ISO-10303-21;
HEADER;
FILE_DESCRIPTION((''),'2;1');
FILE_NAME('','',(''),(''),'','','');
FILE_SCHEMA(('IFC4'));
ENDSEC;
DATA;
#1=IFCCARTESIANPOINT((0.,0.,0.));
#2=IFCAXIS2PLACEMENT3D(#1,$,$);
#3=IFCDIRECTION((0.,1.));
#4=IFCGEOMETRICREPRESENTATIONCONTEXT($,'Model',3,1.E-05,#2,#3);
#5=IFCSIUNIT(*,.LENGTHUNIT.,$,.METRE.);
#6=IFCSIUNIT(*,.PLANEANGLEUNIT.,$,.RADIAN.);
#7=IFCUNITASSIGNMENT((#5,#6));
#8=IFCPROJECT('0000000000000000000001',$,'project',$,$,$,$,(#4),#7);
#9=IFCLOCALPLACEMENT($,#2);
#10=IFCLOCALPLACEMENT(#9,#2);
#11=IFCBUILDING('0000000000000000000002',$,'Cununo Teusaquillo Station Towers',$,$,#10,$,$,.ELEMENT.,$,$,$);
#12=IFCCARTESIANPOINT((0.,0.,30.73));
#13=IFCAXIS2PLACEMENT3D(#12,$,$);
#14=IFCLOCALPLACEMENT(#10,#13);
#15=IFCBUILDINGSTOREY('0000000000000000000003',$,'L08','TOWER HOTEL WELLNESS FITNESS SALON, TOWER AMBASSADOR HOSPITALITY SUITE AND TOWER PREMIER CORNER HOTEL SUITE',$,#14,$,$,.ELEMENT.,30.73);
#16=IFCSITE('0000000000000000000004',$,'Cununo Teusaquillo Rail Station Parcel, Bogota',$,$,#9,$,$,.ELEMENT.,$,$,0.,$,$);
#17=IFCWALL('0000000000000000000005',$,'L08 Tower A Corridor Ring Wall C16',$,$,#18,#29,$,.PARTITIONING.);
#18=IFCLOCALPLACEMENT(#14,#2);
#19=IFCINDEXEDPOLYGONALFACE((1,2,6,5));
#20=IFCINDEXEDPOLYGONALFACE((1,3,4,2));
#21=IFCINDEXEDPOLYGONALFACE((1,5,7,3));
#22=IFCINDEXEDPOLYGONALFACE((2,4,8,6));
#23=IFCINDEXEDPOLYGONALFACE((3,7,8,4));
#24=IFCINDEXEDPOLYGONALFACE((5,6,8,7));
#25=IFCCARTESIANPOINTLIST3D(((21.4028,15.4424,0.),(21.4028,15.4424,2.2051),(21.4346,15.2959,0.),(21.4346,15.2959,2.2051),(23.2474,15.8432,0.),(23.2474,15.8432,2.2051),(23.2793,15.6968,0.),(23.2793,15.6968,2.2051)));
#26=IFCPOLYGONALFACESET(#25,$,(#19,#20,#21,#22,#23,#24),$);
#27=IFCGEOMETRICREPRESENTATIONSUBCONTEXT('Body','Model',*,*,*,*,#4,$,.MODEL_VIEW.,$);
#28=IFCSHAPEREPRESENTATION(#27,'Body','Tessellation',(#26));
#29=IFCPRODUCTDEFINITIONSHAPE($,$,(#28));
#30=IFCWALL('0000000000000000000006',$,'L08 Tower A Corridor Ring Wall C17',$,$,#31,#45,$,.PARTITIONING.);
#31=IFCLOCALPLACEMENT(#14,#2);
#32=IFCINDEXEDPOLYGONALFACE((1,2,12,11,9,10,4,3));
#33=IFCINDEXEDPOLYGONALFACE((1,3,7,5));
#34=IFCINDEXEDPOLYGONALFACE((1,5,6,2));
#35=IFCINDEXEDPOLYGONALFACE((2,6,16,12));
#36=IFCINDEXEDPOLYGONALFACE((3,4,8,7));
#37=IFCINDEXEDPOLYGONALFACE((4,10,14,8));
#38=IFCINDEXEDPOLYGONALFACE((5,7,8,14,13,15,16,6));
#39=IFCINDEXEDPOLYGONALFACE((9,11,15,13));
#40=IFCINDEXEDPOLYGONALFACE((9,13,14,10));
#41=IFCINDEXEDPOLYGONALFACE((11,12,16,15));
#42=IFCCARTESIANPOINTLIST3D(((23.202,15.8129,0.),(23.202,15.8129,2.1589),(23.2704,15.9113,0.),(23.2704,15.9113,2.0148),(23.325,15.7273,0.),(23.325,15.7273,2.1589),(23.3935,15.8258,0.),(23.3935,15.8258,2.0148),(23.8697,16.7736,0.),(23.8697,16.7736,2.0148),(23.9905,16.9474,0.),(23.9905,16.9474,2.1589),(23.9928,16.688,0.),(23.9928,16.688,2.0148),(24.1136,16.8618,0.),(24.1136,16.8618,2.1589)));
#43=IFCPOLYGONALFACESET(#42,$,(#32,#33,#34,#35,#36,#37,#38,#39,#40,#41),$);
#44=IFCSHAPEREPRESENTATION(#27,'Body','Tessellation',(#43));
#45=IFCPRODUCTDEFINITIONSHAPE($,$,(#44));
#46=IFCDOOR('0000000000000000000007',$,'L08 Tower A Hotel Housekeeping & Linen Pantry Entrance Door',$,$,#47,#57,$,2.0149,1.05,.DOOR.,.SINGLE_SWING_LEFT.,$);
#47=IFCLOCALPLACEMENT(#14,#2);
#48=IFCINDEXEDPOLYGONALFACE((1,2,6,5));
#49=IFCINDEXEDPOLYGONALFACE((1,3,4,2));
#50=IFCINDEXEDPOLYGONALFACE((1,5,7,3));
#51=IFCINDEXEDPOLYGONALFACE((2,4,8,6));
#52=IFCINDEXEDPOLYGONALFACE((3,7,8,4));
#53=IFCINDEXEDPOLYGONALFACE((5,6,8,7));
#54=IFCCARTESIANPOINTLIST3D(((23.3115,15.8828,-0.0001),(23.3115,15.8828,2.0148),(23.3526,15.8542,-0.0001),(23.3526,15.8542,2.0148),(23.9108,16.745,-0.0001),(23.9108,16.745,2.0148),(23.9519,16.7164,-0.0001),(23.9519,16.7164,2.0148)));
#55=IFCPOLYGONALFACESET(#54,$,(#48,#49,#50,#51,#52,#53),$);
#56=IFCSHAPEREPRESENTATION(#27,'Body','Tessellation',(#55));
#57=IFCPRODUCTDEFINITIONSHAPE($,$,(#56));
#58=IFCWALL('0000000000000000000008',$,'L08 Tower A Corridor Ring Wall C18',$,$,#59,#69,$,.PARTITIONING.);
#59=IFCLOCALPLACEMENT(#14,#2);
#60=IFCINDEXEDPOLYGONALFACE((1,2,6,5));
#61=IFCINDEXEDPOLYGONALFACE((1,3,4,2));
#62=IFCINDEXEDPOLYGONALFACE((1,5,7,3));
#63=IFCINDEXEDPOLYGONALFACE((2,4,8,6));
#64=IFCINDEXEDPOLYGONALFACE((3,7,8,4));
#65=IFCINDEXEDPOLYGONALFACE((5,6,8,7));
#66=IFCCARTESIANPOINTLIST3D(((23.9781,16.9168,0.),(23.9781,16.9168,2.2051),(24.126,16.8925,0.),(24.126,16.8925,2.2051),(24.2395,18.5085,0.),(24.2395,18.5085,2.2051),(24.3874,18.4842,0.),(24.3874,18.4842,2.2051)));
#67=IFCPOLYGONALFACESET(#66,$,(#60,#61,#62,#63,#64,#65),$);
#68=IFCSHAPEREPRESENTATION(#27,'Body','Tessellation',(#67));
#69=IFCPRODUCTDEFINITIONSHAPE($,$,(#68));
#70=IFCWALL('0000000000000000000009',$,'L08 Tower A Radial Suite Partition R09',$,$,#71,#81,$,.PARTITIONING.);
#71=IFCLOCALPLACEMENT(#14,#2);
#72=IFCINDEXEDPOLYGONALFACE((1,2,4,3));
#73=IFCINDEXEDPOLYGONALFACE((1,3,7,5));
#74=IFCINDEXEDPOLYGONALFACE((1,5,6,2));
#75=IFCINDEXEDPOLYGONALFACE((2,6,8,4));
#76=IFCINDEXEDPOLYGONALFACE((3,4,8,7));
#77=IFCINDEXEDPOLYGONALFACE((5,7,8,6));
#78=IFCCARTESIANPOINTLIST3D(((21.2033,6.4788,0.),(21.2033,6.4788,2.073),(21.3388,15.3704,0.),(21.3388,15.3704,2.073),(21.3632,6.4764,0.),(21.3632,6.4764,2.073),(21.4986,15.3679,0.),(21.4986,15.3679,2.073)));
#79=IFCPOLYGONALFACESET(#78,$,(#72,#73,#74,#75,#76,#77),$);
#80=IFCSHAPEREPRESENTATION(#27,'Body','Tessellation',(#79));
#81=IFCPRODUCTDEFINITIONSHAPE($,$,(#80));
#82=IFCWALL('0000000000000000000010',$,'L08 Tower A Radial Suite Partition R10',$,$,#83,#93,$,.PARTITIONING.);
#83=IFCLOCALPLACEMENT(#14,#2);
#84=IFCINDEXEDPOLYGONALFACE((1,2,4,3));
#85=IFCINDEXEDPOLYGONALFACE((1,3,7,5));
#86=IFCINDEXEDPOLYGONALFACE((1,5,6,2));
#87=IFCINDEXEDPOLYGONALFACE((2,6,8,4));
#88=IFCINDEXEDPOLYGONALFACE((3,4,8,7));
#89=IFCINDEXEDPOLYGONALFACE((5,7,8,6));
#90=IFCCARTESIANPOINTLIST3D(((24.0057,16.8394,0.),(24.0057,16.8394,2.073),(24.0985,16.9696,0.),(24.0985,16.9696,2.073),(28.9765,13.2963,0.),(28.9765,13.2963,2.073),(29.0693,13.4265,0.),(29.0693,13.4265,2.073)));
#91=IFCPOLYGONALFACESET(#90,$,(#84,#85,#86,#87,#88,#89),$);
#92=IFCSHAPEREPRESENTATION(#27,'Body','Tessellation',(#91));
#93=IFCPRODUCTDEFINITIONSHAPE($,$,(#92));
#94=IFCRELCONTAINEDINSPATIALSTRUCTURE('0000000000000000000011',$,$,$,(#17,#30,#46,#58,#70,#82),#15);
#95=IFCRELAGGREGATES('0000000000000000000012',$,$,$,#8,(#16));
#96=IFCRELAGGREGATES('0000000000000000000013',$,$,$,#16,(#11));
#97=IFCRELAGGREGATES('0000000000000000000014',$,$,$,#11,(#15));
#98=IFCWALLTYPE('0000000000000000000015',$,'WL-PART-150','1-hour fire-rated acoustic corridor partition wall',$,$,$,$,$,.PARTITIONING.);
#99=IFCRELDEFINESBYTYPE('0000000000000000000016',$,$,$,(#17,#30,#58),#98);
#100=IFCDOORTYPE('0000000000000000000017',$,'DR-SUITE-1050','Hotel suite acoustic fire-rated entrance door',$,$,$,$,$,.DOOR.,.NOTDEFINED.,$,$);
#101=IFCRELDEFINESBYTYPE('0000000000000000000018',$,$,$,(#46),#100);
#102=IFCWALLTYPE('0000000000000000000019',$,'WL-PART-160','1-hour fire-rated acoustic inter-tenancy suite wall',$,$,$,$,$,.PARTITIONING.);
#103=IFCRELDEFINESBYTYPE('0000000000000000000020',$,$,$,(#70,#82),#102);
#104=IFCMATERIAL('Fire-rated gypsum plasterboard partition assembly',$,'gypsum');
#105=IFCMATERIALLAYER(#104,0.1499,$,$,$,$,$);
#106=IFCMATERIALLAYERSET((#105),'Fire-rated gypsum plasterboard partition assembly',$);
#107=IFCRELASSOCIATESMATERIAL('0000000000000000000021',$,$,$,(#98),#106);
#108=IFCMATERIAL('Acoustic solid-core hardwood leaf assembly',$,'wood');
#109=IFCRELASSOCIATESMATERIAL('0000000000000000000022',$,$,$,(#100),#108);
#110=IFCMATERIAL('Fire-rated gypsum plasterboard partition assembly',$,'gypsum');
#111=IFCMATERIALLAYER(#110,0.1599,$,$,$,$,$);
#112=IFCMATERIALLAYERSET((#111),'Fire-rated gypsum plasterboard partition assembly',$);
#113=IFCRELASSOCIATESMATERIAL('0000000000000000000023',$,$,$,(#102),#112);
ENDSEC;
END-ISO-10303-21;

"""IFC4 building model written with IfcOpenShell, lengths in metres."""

from ifc_helpers import new_model, si_unit, direction, frame, frame_2d, origin, place, context, subcontext, project, spatial, rectangle, extrude, source, transform, mapped, material, layer, layer_set, type_object, element, fill, save


model = new_model("IFC4")

# Units and contexts
model_context = context("Model", 3, precision=1e-05, world=origin(), true_north=direction((0.0, 1.0)))
body_context = subcontext(model_context, "Body", "Model", "MODEL_VIEW")
ifc_project = project(units=[si_unit("LENGTHUNIT", "METRE"), si_unit("PLANEANGLEUNIT", "RADIAN")], contexts=[model_context])

# Site, building, storey
site_placement = place(None, origin())
site = spatial("IfcSite", under=ifc_project, at=site_placement, Name="Cununo Teusaquillo Rail Station Parcel, Bogota", CompositionType="ELEMENT", RefElevation=0.0)
building_placement = place(site_placement, origin())
building = spatial("IfcBuilding", under=site, at=building_placement, Name="Cununo Teusaquillo Station Towers", CompositionType="ELEMENT")
storey_placement = place(building_placement, frame((0.0, 0.0, 30.73)))
storey = spatial("IfcBuildingStorey", under=building, at=storey_placement, Name="L08", Description="TOWER HOTEL WELLNESS FITNESS SALON, TOWER AMBASSADOR HOSPITALITY SUITE AND TOWER PREMIER CORNER HOTEL SUITE", CompositionType="ELEMENT", Elevation=30.73)

# Wall
ifc_material_1 = material(Name="Fire-rated gypsum plasterboard partition assembly", Category="gypsum")
ifc_layer_1 = layer(ifc_material_1, 0.1499)
ifc_layer_set_1 = layer_set([ifc_layer_1], Name="Fire-rated gypsum plasterboard partition assembly")
wall_type_1 = type_object("IfcWallType", Name="WL-PART-150", Description="1-hour fire-rated acoustic corridor partition wall", PredefinedType="PARTITIONING", material=ifc_layer_set_1)
wall_1_placement = place(storey_placement, frame((21.4187, 15.3691, 0.0), z_axis=(0.0, 0.0, 1.0), x_axis=(0.977193, 0.212354, 0.0)))
element("IfcWall", 1, at=wall_1_placement, inside=storey, type_object=wall_type_1, Name="L08 Tower A Corridor Ring Wall C16", PredefinedType="PARTITIONING", context=body_context, shape_type="SweptSolid", body=[
    extrude(rectangle(XDim=1.8877, YDim=0.1499, at=frame_2d((0.9438, 0.0))), origin(), (0.0, 0.0, 1.0), 2.2051),
])

# Wall, opening, door
wall_2_placement = place(storey_placement, frame((23.2634, 15.77, 0.0), z_axis=(0.0, 0.0, 1.0), x_axis=(0.570743, 0.821128, 0.0)))
wall_2 = element("IfcWall", 2, at=wall_2_placement, inside=storey, type_object=wall_type_1, Name="L08 Tower A Corridor Ring Wall C17", PredefinedType="PARTITIONING", context=body_context, shape_type="SweptSolid", body=[
    extrude(rectangle(XDim=1.3816, YDim=0.1499, at=frame_2d((0.6909, 0.0))), origin(), (0.0, 0.0, 1.0), 2.1589),
])
shared_shape_1 = source(origin(), body_context, "Body", "SweptSolid", [
    extrude(rectangle(XDim=1.05, YDim=2.0149, at=frame_2d((0.5249, 1.0073))), frame((0.0, 0.085, 0.0), z_axis=(0.0, -1.0, 0.0), x_axis=(1.0, 0.0, 0.0)), (0.0, 0.0, 1.0), 0.1699),
])
opening_1_placement = place(wall_2_placement, frame((0.1201, 0.0, 0.0)))
opening_1 = element("IfcOpeningElement", 3, at=opening_1_placement, cuts=wall_2, PredefinedType="OPENING", context=body_context, shape_type="MappedRepresentation", body=[
    mapped(shared_shape_1, transform((0.0, 0.0, 0.0), x_axis=(1.0, 0.0, 0.0), y_axis=(0.0, 1.0, 0.0), z_axis=(0.0, 0.0, 1.0), scale=1.0)),
])
ifc_material_2 = material(Name="Acoustic solid-core hardwood leaf assembly", Category="wood")
door_type_1 = type_object("IfcDoorType", Name="DR-SUITE-1050", Description="Hotel suite acoustic fire-rated entrance door", OperationType="NOTDEFINED", PredefinedType="DOOR", material=ifc_material_2)
shared_shape_2 = source(origin(), body_context, "Body", "SweptSolid", [
    extrude(rectangle(XDim=1.05, YDim=2.0149, at=frame_2d((0.5249, 1.0073))), frame((0.0, 0.0249, 0.0), z_axis=(0.0, -1.0, 0.0), x_axis=(1.0, 0.0, 0.0)), (0.0, 0.0, 1.0), 0.05),
])
door_1_placement = place(opening_1_placement, origin())
door_1 = element("IfcDoor", 4, at=door_1_placement, inside=storey, type_object=door_type_1, Name="L08 Tower A Hotel Housekeeping & Linen Pantry Entrance Door", OperationType="SINGLE_SWING_LEFT", OverallHeight=2.0149, OverallWidth=1.05, PredefinedType="DOOR", context=body_context, shape_type="MappedRepresentation", body=[
    mapped(shared_shape_2, transform((0.0, 0.0, 0.0), x_axis=(1.0, 0.0, 0.0), y_axis=(0.0, 1.0, 0.0), z_axis=(0.0, 0.0, 1.0), scale=1.0)),
])
fill(opening_1, door_1)

# Walls
wall_3_placement = place(storey_placement, frame((24.052, 16.9045, 0.0), z_axis=(0.0, 0.0, 1.0), x_axis=(0.162092, 0.986776, 0.0)))
element("IfcWall", 5, at=wall_3_placement, inside=storey, type_object=wall_type_1, Name="L08 Tower A Corridor Ring Wall C18", PredefinedType="PARTITIONING", context=body_context, shape_type="SweptSolid", body=[
    extrude(rectangle(XDim=1.613, YDim=0.1499, at=frame_2d((0.8066, 0.0))), origin(), (0.0, 0.0, 1.0), 2.2051),
])
ifc_material_3 = material(Name="Fire-rated gypsum plasterboard partition assembly", Category="gypsum")
ifc_layer_2 = layer(ifc_material_3, 0.1599)
ifc_layer_set_2 = layer_set([ifc_layer_2], Name="Fire-rated gypsum plasterboard partition assembly")
wall_type_2 = type_object("IfcWallType", Name="WL-PART-160", Description="1-hour fire-rated acoustic inter-tenancy suite wall", PredefinedType="PARTITIONING", material=ifc_layer_set_2)
wall_4_placement = place(storey_placement, frame((21.4187, 15.3691, 0.0), z_axis=(0.0, 0.0, 1.0), x_axis=(-0.015237, -0.999884, 0.0)))
element("IfcWall", 6, at=wall_4_placement, inside=storey, type_object=wall_type_2, Name="L08 Tower A Radial Suite Partition R09", PredefinedType="PARTITIONING", context=body_context, shape_type="SweptSolid", body=[
    extrude(rectangle(XDim=8.8926, YDim=0.1599, at=frame_2d((4.4463, 0.0))), origin(), (0.0, 0.0, 1.0), 2.073),
])
wall_5_placement = place(storey_placement, frame((24.052, 16.9045, 0.0), z_axis=(0.0, 0.0, 1.0), x_axis=(0.814317, -0.580421, 0.0)))
element("IfcWall", 7, at=wall_5_placement, inside=storey, type_object=wall_type_2, Name="L08 Tower A Radial Suite Partition R10", PredefinedType="PARTITIONING", context=body_context, shape_type="SweptSolid", body=[
    extrude(rectangle(XDim=6.1042, YDim=0.1599, at=frame_2d((3.0522, 0.0))), origin(), (0.0, 0.0, 1.0), 2.073),
])

save(model, "model.ifc")
